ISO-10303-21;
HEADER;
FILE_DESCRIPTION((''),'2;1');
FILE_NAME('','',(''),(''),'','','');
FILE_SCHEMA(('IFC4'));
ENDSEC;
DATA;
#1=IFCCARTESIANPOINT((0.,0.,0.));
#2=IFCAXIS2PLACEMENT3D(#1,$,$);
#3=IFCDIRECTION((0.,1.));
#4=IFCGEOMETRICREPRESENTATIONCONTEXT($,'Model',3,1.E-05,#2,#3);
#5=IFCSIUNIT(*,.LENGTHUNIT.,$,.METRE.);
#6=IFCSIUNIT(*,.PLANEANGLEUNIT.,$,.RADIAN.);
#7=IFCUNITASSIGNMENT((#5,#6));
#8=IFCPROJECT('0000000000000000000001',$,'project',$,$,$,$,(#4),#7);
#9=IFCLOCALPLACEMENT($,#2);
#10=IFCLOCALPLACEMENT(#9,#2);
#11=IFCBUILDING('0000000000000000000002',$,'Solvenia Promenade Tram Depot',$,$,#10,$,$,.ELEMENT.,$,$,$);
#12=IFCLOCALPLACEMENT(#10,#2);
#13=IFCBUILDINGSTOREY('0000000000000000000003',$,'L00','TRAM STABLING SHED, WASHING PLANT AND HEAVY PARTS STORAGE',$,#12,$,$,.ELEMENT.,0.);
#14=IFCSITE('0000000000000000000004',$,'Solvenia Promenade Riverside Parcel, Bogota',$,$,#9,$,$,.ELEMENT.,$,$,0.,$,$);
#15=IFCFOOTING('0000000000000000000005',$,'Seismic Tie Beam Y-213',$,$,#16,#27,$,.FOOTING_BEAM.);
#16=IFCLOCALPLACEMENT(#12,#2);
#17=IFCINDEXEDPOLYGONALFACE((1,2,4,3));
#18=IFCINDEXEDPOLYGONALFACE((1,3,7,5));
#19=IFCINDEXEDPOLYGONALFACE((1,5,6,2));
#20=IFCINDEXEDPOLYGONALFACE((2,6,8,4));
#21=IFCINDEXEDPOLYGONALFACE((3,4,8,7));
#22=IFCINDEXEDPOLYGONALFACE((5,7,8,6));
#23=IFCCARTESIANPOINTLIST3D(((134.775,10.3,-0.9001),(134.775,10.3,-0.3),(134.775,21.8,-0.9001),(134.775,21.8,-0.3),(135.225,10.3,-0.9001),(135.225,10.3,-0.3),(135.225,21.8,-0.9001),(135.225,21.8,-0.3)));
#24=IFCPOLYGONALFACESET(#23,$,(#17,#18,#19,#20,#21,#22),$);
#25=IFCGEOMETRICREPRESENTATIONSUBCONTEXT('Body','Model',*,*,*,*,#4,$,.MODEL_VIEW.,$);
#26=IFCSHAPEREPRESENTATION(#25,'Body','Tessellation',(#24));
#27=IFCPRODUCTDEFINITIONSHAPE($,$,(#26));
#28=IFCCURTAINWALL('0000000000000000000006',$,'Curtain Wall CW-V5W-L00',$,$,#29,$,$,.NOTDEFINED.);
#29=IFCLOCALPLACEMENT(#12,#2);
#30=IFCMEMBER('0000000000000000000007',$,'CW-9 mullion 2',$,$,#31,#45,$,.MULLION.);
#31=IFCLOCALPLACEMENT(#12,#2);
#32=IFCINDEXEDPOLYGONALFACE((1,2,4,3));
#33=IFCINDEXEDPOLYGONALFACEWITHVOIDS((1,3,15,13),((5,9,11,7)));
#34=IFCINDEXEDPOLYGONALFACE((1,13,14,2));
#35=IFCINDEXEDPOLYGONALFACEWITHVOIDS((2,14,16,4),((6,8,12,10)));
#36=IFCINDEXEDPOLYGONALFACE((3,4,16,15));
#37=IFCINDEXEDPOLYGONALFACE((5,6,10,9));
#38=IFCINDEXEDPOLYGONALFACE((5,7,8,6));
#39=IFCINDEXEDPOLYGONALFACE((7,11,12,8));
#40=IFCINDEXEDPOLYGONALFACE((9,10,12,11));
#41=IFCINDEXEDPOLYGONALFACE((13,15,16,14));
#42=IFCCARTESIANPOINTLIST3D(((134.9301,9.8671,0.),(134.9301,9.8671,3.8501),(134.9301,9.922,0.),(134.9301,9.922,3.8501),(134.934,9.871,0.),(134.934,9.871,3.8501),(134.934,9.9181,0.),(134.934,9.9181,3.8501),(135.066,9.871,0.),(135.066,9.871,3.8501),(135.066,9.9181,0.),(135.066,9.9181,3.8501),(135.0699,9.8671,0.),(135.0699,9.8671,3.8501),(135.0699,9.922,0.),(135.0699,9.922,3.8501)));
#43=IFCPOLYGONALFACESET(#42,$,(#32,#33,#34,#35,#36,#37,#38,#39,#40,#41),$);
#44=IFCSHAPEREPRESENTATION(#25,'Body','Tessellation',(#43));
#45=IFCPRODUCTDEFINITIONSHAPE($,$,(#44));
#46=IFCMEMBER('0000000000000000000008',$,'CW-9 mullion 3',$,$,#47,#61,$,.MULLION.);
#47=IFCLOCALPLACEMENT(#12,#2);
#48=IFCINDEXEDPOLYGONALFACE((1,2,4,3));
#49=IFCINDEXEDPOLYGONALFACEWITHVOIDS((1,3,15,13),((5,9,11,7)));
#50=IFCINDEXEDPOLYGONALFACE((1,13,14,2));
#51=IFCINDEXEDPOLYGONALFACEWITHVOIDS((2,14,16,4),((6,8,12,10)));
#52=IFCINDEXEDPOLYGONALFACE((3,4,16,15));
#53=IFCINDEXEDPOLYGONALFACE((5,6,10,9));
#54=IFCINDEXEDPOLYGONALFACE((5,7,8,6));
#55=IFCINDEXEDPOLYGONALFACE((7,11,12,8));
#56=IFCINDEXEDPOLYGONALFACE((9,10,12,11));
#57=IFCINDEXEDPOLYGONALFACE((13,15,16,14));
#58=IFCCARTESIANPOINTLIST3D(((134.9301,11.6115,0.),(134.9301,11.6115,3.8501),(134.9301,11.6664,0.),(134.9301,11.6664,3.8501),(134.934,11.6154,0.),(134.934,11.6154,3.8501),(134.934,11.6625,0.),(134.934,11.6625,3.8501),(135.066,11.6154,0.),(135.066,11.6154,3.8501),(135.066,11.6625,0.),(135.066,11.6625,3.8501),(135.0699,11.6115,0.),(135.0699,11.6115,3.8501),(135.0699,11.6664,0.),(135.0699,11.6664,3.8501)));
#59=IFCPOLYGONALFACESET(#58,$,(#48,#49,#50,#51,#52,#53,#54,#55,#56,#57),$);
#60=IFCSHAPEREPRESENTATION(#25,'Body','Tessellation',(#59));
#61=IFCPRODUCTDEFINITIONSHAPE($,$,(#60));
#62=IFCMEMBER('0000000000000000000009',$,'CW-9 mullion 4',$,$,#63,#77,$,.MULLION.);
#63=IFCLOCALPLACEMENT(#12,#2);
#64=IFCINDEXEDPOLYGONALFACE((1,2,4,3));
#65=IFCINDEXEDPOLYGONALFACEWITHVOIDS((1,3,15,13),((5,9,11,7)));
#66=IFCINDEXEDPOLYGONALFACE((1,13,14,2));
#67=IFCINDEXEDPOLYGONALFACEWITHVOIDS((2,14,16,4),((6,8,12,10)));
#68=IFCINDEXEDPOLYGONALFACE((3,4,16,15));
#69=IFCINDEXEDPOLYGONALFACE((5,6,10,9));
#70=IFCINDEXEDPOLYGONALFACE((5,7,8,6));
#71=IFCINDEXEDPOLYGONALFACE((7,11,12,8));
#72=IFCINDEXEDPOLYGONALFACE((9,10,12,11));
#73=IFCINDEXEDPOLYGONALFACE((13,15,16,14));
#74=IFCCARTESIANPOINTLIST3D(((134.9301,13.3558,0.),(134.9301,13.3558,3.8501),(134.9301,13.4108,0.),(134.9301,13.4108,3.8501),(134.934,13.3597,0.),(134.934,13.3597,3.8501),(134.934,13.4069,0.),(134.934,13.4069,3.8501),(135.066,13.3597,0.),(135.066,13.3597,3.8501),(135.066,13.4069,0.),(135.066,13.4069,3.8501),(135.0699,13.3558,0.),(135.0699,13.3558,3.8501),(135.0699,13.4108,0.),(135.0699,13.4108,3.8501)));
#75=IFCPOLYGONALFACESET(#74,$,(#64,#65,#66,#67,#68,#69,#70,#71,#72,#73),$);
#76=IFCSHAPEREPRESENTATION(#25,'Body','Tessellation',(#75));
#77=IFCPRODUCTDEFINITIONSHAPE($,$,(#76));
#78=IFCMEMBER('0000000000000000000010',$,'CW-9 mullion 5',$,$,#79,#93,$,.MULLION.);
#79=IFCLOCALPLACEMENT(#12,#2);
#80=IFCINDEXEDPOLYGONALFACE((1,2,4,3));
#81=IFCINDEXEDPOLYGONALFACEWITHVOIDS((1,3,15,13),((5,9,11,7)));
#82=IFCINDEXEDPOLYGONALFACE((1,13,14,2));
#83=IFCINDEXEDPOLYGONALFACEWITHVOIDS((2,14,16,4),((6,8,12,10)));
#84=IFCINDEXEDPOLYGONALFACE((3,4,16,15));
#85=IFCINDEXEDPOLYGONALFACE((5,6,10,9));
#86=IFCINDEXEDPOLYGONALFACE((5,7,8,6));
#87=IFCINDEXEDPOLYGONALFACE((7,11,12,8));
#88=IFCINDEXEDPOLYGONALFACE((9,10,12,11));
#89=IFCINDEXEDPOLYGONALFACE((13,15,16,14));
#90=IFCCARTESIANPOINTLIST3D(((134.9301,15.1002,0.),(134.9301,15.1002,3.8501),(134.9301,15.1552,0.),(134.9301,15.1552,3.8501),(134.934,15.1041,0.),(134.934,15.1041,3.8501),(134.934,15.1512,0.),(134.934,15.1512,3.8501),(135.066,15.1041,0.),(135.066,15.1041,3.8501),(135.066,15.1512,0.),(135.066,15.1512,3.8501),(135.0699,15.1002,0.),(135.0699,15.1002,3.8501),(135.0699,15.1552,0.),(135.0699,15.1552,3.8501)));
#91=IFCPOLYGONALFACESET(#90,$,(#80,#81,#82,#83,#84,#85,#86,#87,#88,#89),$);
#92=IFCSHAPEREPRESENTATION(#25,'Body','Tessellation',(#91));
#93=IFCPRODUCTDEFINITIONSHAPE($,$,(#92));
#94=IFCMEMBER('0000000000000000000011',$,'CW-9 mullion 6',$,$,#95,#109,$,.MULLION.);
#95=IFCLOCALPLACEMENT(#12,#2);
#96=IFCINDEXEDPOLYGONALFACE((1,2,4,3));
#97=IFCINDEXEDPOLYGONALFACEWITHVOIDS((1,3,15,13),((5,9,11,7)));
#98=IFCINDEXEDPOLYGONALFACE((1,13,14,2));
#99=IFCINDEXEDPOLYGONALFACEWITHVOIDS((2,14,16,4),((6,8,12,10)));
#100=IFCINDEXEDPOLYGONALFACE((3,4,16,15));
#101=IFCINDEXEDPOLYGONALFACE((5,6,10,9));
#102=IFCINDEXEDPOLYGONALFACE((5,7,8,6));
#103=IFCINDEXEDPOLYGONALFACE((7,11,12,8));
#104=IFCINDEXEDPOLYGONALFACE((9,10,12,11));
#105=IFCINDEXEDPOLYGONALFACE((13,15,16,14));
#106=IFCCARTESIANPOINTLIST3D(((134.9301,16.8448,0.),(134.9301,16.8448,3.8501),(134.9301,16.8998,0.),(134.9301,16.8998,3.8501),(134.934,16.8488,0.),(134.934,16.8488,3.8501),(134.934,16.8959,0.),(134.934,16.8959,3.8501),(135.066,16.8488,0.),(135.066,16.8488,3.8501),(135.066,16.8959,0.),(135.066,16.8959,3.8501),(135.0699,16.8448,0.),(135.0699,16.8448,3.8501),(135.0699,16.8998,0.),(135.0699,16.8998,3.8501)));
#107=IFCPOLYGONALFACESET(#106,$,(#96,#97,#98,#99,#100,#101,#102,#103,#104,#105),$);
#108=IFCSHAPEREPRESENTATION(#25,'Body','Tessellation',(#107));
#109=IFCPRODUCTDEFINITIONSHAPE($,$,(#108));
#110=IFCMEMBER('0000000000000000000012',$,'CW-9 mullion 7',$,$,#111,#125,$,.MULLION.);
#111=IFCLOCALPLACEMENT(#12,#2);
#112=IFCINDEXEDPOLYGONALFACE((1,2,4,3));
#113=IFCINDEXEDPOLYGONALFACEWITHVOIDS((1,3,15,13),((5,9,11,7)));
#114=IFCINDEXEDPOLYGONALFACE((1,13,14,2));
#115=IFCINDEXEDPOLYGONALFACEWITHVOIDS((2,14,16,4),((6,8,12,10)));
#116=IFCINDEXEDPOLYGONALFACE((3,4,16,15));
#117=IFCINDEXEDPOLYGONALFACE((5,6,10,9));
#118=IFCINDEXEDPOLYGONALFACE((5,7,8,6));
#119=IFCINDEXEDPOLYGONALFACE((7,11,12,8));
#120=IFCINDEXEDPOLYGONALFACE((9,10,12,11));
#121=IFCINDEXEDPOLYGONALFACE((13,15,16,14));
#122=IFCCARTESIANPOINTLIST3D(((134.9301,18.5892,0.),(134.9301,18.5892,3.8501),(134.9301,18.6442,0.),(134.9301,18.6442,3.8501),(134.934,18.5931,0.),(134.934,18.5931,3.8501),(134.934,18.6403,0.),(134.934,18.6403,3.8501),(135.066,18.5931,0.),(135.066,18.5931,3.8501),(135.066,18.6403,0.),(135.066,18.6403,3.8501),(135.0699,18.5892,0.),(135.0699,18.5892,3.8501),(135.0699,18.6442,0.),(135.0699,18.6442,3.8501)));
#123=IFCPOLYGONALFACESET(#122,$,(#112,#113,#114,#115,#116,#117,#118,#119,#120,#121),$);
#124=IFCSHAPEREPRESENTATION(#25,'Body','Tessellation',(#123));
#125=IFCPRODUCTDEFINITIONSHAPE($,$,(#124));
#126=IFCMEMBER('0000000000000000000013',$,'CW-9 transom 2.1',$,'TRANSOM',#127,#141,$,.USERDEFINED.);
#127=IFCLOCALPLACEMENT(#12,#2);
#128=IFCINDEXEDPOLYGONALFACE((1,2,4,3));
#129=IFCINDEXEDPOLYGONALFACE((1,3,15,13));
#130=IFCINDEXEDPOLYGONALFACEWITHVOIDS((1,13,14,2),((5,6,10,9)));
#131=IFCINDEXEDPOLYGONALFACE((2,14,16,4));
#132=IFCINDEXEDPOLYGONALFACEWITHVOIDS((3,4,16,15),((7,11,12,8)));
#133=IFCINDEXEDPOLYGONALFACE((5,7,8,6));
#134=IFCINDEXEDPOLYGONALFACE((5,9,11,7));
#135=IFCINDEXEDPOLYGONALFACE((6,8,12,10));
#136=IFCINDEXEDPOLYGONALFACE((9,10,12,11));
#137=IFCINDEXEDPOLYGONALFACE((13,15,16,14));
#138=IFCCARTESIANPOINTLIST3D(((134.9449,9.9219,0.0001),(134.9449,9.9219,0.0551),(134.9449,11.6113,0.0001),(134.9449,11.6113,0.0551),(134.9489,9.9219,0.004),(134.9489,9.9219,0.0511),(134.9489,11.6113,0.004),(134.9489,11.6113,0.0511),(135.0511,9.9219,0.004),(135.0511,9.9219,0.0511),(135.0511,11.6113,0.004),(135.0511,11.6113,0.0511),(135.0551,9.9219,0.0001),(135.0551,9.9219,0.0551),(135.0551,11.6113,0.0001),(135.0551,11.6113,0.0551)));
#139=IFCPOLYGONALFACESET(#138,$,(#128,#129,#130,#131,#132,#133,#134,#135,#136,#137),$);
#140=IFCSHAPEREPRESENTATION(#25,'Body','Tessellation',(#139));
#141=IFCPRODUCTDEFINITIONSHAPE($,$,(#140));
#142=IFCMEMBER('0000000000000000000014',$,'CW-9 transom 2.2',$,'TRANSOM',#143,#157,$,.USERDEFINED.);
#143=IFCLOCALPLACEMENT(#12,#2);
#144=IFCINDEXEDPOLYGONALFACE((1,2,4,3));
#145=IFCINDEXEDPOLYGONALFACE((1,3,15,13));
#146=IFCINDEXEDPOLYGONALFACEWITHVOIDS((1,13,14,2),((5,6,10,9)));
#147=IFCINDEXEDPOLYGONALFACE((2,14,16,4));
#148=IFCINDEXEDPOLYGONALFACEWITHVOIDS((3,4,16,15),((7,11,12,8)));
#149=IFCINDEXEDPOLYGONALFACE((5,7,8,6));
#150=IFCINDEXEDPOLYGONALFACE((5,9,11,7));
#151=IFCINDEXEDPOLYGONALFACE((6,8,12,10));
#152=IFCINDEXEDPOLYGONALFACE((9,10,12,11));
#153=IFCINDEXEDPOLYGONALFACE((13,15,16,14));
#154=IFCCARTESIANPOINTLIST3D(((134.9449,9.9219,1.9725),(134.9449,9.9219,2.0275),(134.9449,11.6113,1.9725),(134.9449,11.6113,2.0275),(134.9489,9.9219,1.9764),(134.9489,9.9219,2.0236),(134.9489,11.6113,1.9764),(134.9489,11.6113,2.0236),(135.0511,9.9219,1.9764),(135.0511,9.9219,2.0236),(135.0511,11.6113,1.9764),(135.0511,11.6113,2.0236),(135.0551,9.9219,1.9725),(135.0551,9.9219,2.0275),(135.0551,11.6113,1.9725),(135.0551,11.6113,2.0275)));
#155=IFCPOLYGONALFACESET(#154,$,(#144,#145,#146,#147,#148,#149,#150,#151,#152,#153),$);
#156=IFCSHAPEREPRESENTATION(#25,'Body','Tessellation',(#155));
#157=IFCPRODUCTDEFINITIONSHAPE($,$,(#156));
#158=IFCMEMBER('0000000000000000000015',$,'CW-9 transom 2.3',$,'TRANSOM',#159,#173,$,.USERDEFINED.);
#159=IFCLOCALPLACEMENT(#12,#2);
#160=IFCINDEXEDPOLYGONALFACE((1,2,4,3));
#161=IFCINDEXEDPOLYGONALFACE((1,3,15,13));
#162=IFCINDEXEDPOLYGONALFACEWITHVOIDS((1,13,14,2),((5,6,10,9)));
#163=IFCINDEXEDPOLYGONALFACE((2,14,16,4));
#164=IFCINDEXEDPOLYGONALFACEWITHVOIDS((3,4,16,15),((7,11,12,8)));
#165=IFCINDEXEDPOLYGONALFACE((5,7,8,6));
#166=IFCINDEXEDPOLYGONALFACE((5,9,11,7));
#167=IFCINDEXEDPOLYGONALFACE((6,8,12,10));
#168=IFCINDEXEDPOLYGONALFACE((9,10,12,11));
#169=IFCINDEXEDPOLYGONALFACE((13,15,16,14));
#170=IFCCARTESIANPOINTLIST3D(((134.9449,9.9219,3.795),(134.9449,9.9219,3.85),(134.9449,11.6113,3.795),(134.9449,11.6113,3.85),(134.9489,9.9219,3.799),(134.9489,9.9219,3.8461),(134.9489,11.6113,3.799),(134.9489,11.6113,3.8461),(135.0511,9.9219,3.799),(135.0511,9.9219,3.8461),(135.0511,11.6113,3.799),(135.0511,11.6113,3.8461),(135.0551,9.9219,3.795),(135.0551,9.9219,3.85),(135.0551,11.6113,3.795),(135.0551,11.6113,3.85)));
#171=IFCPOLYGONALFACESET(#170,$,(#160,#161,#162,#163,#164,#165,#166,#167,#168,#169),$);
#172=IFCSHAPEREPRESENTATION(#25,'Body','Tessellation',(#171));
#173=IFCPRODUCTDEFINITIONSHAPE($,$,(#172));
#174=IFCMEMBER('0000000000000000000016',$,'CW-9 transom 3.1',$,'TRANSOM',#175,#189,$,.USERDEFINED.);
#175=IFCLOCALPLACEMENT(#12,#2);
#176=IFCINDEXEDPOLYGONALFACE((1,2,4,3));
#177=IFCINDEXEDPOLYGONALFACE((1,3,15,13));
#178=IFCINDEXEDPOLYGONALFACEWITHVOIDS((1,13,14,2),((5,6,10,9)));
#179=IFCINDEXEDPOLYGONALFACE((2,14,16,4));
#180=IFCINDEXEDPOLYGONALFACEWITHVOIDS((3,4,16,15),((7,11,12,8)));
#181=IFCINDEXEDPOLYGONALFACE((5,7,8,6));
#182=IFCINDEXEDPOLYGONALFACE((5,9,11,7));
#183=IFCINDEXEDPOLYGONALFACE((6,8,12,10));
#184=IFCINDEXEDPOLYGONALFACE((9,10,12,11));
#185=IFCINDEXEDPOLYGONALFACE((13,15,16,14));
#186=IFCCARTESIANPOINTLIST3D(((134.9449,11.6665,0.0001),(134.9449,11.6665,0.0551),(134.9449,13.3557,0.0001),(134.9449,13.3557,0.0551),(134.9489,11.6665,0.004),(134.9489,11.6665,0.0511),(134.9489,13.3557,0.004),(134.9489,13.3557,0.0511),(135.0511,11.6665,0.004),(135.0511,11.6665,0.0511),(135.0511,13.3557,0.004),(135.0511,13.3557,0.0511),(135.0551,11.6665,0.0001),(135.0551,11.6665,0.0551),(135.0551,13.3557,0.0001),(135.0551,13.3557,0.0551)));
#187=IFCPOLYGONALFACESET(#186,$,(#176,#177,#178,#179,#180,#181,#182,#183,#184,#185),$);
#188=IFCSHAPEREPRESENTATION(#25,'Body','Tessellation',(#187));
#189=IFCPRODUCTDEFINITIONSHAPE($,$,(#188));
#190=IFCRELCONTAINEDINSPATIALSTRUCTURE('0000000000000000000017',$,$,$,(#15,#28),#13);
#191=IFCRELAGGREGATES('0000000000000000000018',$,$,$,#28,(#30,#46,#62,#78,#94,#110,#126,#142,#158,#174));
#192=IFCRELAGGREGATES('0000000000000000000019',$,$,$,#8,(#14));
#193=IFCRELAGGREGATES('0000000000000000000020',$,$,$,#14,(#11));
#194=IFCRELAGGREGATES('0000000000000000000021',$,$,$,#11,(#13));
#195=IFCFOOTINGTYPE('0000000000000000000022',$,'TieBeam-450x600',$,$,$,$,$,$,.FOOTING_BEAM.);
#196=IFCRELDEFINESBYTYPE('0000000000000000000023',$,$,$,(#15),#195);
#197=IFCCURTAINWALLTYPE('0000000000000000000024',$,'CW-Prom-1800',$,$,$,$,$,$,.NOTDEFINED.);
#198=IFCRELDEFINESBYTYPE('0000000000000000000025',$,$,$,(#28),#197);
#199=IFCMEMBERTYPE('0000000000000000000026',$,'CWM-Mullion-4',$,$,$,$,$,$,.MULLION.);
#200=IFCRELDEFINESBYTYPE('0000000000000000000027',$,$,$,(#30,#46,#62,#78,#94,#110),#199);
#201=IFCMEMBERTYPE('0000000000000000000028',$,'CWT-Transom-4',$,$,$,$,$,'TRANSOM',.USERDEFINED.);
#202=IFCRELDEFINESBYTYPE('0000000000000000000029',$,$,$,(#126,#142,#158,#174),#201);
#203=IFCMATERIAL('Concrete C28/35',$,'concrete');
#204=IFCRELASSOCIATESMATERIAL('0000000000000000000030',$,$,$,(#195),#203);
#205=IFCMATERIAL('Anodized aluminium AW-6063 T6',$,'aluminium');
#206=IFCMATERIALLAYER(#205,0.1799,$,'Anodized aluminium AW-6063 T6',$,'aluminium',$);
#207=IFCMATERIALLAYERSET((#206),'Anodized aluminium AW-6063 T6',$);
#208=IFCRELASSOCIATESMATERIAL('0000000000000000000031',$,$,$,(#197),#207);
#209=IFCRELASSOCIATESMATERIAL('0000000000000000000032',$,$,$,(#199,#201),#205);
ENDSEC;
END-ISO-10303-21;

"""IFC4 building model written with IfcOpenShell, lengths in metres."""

from ifc_helpers import new_model, si_unit, direction, frame, origin, origin_2d, place, context, subcontext, project, spatial, rectangle, hollow_rectangle, extrude, material, layer, layer_set, material_profile, profile_set, type_object, element, aggregate, save


model = new_model("IFC4")

# Units and contexts
model_context = context("Model", 3, precision=1e-05, world=origin(), true_north=direction((0.0, 1.0)))
body_context = subcontext(model_context, "Body", "Model", "MODEL_VIEW")
ifc_project = project(units=[si_unit("LENGTHUNIT", "METRE"), si_unit("PLANEANGLEUNIT", "RADIAN")], contexts=[model_context])

# Site, building, storey
site_placement = place(None, origin())
site = spatial("IfcSite", under=ifc_project, at=site_placement, Name="Solvenia Promenade Riverside Parcel, Bogota", CompositionType="ELEMENT", RefElevation=0.0)
building_placement = place(site_placement, origin())
building = spatial("IfcBuilding", under=site, at=building_placement, Name="Solvenia Promenade Tram Depot", CompositionType="ELEMENT")
storey_placement = place(building_placement, origin())
storey = spatial("IfcBuildingStorey", under=building, at=storey_placement, Name="L00", Description="TRAM STABLING SHED, WASHING PLANT AND HEAVY PARTS STORAGE", CompositionType="ELEMENT", Elevation=0.0)

# Footing
ifc_material_1 = material(Name="Concrete C28/35", Category="concrete")
footing_type = type_object("IfcFootingType", Name="TieBeam-450x600", PredefinedType="FOOTING_BEAM", material=ifc_material_1)
footing_placement = place(storey_placement, frame((135.0, 16.05, -0.9001), z_axis=(0.0, 0.0, 1.0), x_axis=(1.0, 0.0, 0.0)))
element("IfcFooting", 1, at=footing_placement, inside=storey, type_object=footing_type, Name="Seismic Tie Beam Y-213", PredefinedType="FOOTING_BEAM", context=body_context, shape_type="SweptSolid", body=[
    extrude(rectangle(XDim=0.45, YDim=11.5, at=origin_2d()), origin(), (0.0, 0.0, 1.0), 0.6001),
])

# Curtain wall, members
ifc_material_2 = material(Name="Anodized aluminium AW-6063 T6", Category="aluminium")
ifc_layer_1 = layer(ifc_material_2, 0.1799, Name="Anodized aluminium AW-6063 T6", Category="aluminium")
ifc_layer_set_1 = layer_set([ifc_layer_1], Name="Anodized aluminium AW-6063 T6")
curtain_wall_type = type_object("IfcCurtainWallType", Name="CW-Prom-1800", PredefinedType="NOTDEFINED", material=ifc_layer_set_1)
curtain_wall_placement = place(storey_placement, origin())
curtain_wall = element("IfcCurtainWall", 2, at=curtain_wall_placement, inside=storey, type_object=curtain_wall_type, Name="Curtain Wall CW-V5W-L00", PredefinedType="NOTDEFINED")
ifc_material_profile_1 = material_profile(ifc_material_2, hollow_rectangle(XDim=0.1399, YDim=0.0549, WallThickness=0.0039, at=origin_2d()), Name="ALU-M4", Category="aluminium")
ifc_profile_set_1 = profile_set([ifc_material_profile_1], Name="Anodized aluminium AW-6063 T6")
member_type_1 = type_object("IfcMemberType", Name="CWM-Mullion-4", PredefinedType="MULLION", material=ifc_profile_set_1)
member_1_placement = place(storey_placement, frame((135.0, 9.8945, 0.0), z_axis=(0.0, 0.0, 1.0), x_axis=(-1.0, 0.0, 0.0)))
member_1 = element("IfcMember", 3, at=member_1_placement, type_object=member_type_1, Name="CW-9 mullion 2", PredefinedType="MULLION", context=body_context, shape_type="SweptSolid", body=[
    extrude(hollow_rectangle(XDim=0.1399, YDim=0.0549, WallThickness=0.0039, at=origin_2d()), origin(), (0.0, 0.0, 1.0), 3.8501),
])
member_2_placement = place(storey_placement, frame((135.0, 11.6389, 0.0), z_axis=(0.0, 0.0, 1.0), x_axis=(-1.0, 0.0, 0.0)))
member_2 = element("IfcMember", 4, at=member_2_placement, type_object=member_type_1, Name="CW-9 mullion 3", PredefinedType="MULLION", context=body_context, shape_type="SweptSolid", body=[
    extrude(hollow_rectangle(XDim=0.1399, YDim=0.0549, WallThickness=0.0039, at=origin_2d()), origin(), (0.0, 0.0, 1.0), 3.8501),
])
member_3_placement = place(storey_placement, frame((135.0, 13.3833, 0.0), z_axis=(0.0, 0.0, 1.0), x_axis=(-1.0, 0.0, 0.0)))
member_3 = element("IfcMember", 5, at=member_3_placement, type_object=member_type_1, Name="CW-9 mullion 4", PredefinedType="MULLION", context=body_context, shape_type="SweptSolid", body=[
    extrude(hollow_rectangle(XDim=0.1399, YDim=0.0549, WallThickness=0.0039, at=origin_2d()), origin(), (0.0, 0.0, 1.0), 3.8501),
])
member_4_placement = place(storey_placement, frame((135.0, 15.1277, 0.0), z_axis=(0.0, 0.0, 1.0), x_axis=(-1.0, 0.0, 0.0)))
member_4 = element("IfcMember", 6, at=member_4_placement, type_object=member_type_1, Name="CW-9 mullion 5", PredefinedType="MULLION", context=body_context, shape_type="SweptSolid", body=[
    extrude(hollow_rectangle(XDim=0.1399, YDim=0.0549, WallThickness=0.0039, at=origin_2d()), origin(), (0.0, 0.0, 1.0), 3.8501),
])
member_5_placement = place(storey_placement, frame((135.0, 16.8723, 0.0), z_axis=(0.0, 0.0, 1.0), x_axis=(-1.0, 0.0, 0.0)))
member_5 = element("IfcMember", 7, at=member_5_placement, type_object=member_type_1, Name="CW-9 mullion 6", PredefinedType="MULLION", context=body_context, shape_type="SweptSolid", body=[
    extrude(hollow_rectangle(XDim=0.1399, YDim=0.0549, WallThickness=0.0039, at=origin_2d()), origin(), (0.0, 0.0, 1.0), 3.8501),
])
member_6_placement = place(storey_placement, frame((135.0, 18.6167, 0.0), z_axis=(0.0, 0.0, 1.0), x_axis=(-1.0, 0.0, 0.0)))
member_6 = element("IfcMember", 8, at=member_6_placement, type_object=member_type_1, Name="CW-9 mullion 7", PredefinedType="MULLION", context=body_context, shape_type="SweptSolid", body=[
    extrude(hollow_rectangle(XDim=0.1399, YDim=0.0549, WallThickness=0.0039, at=origin_2d()), origin(), (0.0, 0.0, 1.0), 3.8501),
])
ifc_material_profile_2 = material_profile(ifc_material_2, hollow_rectangle(XDim=0.1101, YDim=0.0549, WallThickness=0.0039, at=origin_2d()), Name="ALU-T4", Category="aluminium")
ifc_profile_set_2 = profile_set([ifc_material_profile_2], Name="Anodized aluminium AW-6063 T6")
member_type_2 = type_object("IfcMemberType", Name="CWT-Transom-4", ElementType="TRANSOM", PredefinedType="USERDEFINED", material=ifc_profile_set_2)
member_7_placement = place(storey_placement, frame((135.0, 9.9219, 0.0276), z_axis=(0.0, 1.0, 0.0), x_axis=(-1.0, 0.0, 0.0)))
member_7 = element("IfcMember", 9, at=member_7_placement, type_object=member_type_2, Name="CW-9 transom 2.1", ObjectType="TRANSOM", PredefinedType="USERDEFINED", context=body_context, shape_type="SweptSolid", body=[
    extrude(hollow_rectangle(XDim=0.1101, YDim=0.0549, WallThickness=0.0039, at=origin_2d()), origin(), (0.0, 0.0, 1.0), 1.6895),
])
member_8_placement = place(storey_placement, frame((135.0, 9.9219, 2.0), z_axis=(0.0, 1.0, 0.0), x_axis=(-1.0, 0.0, 0.0)))
member_8 = element("IfcMember", 10, at=member_8_placement, type_object=member_type_2, Name="CW-9 transom 2.2", ObjectType="TRANSOM", PredefinedType="USERDEFINED", context=body_context, shape_type="SweptSolid", body=[
    extrude(hollow_rectangle(XDim=0.1101, YDim=0.0549, WallThickness=0.0039, at=origin_2d()), origin(), (0.0, 0.0, 1.0), 1.6895),
])
member_9_placement = place(storey_placement, frame((135.0, 9.9219, 3.8225), z_axis=(0.0, 1.0, 0.0), x_axis=(-1.0, 0.0, 0.0)))
member_9 = element("IfcMember", 11, at=member_9_placement, type_object=member_type_2, Name="CW-9 transom 2.3", ObjectType="TRANSOM", PredefinedType="USERDEFINED", context=body_context, shape_type="SweptSolid", body=[
    extrude(hollow_rectangle(XDim=0.1101, YDim=0.0549, WallThickness=0.0039, at=origin_2d()), origin(), (0.0, 0.0, 1.0), 1.6895),
])
member_10_placement = place(storey_placement, frame((135.0, 11.6665, 0.0276), z_axis=(0.0, 1.0, 0.0), x_axis=(-1.0, 0.0, 0.0)))
member_10 = element("IfcMember", 12, at=member_10_placement, type_object=member_type_2, Name="CW-9 transom 3.1", ObjectType="TRANSOM", PredefinedType="USERDEFINED", context=body_context, shape_type="SweptSolid", body=[
    extrude(hollow_rectangle(XDim=0.1101, YDim=0.0549, WallThickness=0.0039, at=origin_2d()), origin(), (0.0, 0.0, 1.0), 1.6892),
])
aggregate(curtain_wall, [member_1, member_2, member_3, member_4, member_5, member_6, member_7, member_8, member_9, member_10])

save(model, "model.ifc")
